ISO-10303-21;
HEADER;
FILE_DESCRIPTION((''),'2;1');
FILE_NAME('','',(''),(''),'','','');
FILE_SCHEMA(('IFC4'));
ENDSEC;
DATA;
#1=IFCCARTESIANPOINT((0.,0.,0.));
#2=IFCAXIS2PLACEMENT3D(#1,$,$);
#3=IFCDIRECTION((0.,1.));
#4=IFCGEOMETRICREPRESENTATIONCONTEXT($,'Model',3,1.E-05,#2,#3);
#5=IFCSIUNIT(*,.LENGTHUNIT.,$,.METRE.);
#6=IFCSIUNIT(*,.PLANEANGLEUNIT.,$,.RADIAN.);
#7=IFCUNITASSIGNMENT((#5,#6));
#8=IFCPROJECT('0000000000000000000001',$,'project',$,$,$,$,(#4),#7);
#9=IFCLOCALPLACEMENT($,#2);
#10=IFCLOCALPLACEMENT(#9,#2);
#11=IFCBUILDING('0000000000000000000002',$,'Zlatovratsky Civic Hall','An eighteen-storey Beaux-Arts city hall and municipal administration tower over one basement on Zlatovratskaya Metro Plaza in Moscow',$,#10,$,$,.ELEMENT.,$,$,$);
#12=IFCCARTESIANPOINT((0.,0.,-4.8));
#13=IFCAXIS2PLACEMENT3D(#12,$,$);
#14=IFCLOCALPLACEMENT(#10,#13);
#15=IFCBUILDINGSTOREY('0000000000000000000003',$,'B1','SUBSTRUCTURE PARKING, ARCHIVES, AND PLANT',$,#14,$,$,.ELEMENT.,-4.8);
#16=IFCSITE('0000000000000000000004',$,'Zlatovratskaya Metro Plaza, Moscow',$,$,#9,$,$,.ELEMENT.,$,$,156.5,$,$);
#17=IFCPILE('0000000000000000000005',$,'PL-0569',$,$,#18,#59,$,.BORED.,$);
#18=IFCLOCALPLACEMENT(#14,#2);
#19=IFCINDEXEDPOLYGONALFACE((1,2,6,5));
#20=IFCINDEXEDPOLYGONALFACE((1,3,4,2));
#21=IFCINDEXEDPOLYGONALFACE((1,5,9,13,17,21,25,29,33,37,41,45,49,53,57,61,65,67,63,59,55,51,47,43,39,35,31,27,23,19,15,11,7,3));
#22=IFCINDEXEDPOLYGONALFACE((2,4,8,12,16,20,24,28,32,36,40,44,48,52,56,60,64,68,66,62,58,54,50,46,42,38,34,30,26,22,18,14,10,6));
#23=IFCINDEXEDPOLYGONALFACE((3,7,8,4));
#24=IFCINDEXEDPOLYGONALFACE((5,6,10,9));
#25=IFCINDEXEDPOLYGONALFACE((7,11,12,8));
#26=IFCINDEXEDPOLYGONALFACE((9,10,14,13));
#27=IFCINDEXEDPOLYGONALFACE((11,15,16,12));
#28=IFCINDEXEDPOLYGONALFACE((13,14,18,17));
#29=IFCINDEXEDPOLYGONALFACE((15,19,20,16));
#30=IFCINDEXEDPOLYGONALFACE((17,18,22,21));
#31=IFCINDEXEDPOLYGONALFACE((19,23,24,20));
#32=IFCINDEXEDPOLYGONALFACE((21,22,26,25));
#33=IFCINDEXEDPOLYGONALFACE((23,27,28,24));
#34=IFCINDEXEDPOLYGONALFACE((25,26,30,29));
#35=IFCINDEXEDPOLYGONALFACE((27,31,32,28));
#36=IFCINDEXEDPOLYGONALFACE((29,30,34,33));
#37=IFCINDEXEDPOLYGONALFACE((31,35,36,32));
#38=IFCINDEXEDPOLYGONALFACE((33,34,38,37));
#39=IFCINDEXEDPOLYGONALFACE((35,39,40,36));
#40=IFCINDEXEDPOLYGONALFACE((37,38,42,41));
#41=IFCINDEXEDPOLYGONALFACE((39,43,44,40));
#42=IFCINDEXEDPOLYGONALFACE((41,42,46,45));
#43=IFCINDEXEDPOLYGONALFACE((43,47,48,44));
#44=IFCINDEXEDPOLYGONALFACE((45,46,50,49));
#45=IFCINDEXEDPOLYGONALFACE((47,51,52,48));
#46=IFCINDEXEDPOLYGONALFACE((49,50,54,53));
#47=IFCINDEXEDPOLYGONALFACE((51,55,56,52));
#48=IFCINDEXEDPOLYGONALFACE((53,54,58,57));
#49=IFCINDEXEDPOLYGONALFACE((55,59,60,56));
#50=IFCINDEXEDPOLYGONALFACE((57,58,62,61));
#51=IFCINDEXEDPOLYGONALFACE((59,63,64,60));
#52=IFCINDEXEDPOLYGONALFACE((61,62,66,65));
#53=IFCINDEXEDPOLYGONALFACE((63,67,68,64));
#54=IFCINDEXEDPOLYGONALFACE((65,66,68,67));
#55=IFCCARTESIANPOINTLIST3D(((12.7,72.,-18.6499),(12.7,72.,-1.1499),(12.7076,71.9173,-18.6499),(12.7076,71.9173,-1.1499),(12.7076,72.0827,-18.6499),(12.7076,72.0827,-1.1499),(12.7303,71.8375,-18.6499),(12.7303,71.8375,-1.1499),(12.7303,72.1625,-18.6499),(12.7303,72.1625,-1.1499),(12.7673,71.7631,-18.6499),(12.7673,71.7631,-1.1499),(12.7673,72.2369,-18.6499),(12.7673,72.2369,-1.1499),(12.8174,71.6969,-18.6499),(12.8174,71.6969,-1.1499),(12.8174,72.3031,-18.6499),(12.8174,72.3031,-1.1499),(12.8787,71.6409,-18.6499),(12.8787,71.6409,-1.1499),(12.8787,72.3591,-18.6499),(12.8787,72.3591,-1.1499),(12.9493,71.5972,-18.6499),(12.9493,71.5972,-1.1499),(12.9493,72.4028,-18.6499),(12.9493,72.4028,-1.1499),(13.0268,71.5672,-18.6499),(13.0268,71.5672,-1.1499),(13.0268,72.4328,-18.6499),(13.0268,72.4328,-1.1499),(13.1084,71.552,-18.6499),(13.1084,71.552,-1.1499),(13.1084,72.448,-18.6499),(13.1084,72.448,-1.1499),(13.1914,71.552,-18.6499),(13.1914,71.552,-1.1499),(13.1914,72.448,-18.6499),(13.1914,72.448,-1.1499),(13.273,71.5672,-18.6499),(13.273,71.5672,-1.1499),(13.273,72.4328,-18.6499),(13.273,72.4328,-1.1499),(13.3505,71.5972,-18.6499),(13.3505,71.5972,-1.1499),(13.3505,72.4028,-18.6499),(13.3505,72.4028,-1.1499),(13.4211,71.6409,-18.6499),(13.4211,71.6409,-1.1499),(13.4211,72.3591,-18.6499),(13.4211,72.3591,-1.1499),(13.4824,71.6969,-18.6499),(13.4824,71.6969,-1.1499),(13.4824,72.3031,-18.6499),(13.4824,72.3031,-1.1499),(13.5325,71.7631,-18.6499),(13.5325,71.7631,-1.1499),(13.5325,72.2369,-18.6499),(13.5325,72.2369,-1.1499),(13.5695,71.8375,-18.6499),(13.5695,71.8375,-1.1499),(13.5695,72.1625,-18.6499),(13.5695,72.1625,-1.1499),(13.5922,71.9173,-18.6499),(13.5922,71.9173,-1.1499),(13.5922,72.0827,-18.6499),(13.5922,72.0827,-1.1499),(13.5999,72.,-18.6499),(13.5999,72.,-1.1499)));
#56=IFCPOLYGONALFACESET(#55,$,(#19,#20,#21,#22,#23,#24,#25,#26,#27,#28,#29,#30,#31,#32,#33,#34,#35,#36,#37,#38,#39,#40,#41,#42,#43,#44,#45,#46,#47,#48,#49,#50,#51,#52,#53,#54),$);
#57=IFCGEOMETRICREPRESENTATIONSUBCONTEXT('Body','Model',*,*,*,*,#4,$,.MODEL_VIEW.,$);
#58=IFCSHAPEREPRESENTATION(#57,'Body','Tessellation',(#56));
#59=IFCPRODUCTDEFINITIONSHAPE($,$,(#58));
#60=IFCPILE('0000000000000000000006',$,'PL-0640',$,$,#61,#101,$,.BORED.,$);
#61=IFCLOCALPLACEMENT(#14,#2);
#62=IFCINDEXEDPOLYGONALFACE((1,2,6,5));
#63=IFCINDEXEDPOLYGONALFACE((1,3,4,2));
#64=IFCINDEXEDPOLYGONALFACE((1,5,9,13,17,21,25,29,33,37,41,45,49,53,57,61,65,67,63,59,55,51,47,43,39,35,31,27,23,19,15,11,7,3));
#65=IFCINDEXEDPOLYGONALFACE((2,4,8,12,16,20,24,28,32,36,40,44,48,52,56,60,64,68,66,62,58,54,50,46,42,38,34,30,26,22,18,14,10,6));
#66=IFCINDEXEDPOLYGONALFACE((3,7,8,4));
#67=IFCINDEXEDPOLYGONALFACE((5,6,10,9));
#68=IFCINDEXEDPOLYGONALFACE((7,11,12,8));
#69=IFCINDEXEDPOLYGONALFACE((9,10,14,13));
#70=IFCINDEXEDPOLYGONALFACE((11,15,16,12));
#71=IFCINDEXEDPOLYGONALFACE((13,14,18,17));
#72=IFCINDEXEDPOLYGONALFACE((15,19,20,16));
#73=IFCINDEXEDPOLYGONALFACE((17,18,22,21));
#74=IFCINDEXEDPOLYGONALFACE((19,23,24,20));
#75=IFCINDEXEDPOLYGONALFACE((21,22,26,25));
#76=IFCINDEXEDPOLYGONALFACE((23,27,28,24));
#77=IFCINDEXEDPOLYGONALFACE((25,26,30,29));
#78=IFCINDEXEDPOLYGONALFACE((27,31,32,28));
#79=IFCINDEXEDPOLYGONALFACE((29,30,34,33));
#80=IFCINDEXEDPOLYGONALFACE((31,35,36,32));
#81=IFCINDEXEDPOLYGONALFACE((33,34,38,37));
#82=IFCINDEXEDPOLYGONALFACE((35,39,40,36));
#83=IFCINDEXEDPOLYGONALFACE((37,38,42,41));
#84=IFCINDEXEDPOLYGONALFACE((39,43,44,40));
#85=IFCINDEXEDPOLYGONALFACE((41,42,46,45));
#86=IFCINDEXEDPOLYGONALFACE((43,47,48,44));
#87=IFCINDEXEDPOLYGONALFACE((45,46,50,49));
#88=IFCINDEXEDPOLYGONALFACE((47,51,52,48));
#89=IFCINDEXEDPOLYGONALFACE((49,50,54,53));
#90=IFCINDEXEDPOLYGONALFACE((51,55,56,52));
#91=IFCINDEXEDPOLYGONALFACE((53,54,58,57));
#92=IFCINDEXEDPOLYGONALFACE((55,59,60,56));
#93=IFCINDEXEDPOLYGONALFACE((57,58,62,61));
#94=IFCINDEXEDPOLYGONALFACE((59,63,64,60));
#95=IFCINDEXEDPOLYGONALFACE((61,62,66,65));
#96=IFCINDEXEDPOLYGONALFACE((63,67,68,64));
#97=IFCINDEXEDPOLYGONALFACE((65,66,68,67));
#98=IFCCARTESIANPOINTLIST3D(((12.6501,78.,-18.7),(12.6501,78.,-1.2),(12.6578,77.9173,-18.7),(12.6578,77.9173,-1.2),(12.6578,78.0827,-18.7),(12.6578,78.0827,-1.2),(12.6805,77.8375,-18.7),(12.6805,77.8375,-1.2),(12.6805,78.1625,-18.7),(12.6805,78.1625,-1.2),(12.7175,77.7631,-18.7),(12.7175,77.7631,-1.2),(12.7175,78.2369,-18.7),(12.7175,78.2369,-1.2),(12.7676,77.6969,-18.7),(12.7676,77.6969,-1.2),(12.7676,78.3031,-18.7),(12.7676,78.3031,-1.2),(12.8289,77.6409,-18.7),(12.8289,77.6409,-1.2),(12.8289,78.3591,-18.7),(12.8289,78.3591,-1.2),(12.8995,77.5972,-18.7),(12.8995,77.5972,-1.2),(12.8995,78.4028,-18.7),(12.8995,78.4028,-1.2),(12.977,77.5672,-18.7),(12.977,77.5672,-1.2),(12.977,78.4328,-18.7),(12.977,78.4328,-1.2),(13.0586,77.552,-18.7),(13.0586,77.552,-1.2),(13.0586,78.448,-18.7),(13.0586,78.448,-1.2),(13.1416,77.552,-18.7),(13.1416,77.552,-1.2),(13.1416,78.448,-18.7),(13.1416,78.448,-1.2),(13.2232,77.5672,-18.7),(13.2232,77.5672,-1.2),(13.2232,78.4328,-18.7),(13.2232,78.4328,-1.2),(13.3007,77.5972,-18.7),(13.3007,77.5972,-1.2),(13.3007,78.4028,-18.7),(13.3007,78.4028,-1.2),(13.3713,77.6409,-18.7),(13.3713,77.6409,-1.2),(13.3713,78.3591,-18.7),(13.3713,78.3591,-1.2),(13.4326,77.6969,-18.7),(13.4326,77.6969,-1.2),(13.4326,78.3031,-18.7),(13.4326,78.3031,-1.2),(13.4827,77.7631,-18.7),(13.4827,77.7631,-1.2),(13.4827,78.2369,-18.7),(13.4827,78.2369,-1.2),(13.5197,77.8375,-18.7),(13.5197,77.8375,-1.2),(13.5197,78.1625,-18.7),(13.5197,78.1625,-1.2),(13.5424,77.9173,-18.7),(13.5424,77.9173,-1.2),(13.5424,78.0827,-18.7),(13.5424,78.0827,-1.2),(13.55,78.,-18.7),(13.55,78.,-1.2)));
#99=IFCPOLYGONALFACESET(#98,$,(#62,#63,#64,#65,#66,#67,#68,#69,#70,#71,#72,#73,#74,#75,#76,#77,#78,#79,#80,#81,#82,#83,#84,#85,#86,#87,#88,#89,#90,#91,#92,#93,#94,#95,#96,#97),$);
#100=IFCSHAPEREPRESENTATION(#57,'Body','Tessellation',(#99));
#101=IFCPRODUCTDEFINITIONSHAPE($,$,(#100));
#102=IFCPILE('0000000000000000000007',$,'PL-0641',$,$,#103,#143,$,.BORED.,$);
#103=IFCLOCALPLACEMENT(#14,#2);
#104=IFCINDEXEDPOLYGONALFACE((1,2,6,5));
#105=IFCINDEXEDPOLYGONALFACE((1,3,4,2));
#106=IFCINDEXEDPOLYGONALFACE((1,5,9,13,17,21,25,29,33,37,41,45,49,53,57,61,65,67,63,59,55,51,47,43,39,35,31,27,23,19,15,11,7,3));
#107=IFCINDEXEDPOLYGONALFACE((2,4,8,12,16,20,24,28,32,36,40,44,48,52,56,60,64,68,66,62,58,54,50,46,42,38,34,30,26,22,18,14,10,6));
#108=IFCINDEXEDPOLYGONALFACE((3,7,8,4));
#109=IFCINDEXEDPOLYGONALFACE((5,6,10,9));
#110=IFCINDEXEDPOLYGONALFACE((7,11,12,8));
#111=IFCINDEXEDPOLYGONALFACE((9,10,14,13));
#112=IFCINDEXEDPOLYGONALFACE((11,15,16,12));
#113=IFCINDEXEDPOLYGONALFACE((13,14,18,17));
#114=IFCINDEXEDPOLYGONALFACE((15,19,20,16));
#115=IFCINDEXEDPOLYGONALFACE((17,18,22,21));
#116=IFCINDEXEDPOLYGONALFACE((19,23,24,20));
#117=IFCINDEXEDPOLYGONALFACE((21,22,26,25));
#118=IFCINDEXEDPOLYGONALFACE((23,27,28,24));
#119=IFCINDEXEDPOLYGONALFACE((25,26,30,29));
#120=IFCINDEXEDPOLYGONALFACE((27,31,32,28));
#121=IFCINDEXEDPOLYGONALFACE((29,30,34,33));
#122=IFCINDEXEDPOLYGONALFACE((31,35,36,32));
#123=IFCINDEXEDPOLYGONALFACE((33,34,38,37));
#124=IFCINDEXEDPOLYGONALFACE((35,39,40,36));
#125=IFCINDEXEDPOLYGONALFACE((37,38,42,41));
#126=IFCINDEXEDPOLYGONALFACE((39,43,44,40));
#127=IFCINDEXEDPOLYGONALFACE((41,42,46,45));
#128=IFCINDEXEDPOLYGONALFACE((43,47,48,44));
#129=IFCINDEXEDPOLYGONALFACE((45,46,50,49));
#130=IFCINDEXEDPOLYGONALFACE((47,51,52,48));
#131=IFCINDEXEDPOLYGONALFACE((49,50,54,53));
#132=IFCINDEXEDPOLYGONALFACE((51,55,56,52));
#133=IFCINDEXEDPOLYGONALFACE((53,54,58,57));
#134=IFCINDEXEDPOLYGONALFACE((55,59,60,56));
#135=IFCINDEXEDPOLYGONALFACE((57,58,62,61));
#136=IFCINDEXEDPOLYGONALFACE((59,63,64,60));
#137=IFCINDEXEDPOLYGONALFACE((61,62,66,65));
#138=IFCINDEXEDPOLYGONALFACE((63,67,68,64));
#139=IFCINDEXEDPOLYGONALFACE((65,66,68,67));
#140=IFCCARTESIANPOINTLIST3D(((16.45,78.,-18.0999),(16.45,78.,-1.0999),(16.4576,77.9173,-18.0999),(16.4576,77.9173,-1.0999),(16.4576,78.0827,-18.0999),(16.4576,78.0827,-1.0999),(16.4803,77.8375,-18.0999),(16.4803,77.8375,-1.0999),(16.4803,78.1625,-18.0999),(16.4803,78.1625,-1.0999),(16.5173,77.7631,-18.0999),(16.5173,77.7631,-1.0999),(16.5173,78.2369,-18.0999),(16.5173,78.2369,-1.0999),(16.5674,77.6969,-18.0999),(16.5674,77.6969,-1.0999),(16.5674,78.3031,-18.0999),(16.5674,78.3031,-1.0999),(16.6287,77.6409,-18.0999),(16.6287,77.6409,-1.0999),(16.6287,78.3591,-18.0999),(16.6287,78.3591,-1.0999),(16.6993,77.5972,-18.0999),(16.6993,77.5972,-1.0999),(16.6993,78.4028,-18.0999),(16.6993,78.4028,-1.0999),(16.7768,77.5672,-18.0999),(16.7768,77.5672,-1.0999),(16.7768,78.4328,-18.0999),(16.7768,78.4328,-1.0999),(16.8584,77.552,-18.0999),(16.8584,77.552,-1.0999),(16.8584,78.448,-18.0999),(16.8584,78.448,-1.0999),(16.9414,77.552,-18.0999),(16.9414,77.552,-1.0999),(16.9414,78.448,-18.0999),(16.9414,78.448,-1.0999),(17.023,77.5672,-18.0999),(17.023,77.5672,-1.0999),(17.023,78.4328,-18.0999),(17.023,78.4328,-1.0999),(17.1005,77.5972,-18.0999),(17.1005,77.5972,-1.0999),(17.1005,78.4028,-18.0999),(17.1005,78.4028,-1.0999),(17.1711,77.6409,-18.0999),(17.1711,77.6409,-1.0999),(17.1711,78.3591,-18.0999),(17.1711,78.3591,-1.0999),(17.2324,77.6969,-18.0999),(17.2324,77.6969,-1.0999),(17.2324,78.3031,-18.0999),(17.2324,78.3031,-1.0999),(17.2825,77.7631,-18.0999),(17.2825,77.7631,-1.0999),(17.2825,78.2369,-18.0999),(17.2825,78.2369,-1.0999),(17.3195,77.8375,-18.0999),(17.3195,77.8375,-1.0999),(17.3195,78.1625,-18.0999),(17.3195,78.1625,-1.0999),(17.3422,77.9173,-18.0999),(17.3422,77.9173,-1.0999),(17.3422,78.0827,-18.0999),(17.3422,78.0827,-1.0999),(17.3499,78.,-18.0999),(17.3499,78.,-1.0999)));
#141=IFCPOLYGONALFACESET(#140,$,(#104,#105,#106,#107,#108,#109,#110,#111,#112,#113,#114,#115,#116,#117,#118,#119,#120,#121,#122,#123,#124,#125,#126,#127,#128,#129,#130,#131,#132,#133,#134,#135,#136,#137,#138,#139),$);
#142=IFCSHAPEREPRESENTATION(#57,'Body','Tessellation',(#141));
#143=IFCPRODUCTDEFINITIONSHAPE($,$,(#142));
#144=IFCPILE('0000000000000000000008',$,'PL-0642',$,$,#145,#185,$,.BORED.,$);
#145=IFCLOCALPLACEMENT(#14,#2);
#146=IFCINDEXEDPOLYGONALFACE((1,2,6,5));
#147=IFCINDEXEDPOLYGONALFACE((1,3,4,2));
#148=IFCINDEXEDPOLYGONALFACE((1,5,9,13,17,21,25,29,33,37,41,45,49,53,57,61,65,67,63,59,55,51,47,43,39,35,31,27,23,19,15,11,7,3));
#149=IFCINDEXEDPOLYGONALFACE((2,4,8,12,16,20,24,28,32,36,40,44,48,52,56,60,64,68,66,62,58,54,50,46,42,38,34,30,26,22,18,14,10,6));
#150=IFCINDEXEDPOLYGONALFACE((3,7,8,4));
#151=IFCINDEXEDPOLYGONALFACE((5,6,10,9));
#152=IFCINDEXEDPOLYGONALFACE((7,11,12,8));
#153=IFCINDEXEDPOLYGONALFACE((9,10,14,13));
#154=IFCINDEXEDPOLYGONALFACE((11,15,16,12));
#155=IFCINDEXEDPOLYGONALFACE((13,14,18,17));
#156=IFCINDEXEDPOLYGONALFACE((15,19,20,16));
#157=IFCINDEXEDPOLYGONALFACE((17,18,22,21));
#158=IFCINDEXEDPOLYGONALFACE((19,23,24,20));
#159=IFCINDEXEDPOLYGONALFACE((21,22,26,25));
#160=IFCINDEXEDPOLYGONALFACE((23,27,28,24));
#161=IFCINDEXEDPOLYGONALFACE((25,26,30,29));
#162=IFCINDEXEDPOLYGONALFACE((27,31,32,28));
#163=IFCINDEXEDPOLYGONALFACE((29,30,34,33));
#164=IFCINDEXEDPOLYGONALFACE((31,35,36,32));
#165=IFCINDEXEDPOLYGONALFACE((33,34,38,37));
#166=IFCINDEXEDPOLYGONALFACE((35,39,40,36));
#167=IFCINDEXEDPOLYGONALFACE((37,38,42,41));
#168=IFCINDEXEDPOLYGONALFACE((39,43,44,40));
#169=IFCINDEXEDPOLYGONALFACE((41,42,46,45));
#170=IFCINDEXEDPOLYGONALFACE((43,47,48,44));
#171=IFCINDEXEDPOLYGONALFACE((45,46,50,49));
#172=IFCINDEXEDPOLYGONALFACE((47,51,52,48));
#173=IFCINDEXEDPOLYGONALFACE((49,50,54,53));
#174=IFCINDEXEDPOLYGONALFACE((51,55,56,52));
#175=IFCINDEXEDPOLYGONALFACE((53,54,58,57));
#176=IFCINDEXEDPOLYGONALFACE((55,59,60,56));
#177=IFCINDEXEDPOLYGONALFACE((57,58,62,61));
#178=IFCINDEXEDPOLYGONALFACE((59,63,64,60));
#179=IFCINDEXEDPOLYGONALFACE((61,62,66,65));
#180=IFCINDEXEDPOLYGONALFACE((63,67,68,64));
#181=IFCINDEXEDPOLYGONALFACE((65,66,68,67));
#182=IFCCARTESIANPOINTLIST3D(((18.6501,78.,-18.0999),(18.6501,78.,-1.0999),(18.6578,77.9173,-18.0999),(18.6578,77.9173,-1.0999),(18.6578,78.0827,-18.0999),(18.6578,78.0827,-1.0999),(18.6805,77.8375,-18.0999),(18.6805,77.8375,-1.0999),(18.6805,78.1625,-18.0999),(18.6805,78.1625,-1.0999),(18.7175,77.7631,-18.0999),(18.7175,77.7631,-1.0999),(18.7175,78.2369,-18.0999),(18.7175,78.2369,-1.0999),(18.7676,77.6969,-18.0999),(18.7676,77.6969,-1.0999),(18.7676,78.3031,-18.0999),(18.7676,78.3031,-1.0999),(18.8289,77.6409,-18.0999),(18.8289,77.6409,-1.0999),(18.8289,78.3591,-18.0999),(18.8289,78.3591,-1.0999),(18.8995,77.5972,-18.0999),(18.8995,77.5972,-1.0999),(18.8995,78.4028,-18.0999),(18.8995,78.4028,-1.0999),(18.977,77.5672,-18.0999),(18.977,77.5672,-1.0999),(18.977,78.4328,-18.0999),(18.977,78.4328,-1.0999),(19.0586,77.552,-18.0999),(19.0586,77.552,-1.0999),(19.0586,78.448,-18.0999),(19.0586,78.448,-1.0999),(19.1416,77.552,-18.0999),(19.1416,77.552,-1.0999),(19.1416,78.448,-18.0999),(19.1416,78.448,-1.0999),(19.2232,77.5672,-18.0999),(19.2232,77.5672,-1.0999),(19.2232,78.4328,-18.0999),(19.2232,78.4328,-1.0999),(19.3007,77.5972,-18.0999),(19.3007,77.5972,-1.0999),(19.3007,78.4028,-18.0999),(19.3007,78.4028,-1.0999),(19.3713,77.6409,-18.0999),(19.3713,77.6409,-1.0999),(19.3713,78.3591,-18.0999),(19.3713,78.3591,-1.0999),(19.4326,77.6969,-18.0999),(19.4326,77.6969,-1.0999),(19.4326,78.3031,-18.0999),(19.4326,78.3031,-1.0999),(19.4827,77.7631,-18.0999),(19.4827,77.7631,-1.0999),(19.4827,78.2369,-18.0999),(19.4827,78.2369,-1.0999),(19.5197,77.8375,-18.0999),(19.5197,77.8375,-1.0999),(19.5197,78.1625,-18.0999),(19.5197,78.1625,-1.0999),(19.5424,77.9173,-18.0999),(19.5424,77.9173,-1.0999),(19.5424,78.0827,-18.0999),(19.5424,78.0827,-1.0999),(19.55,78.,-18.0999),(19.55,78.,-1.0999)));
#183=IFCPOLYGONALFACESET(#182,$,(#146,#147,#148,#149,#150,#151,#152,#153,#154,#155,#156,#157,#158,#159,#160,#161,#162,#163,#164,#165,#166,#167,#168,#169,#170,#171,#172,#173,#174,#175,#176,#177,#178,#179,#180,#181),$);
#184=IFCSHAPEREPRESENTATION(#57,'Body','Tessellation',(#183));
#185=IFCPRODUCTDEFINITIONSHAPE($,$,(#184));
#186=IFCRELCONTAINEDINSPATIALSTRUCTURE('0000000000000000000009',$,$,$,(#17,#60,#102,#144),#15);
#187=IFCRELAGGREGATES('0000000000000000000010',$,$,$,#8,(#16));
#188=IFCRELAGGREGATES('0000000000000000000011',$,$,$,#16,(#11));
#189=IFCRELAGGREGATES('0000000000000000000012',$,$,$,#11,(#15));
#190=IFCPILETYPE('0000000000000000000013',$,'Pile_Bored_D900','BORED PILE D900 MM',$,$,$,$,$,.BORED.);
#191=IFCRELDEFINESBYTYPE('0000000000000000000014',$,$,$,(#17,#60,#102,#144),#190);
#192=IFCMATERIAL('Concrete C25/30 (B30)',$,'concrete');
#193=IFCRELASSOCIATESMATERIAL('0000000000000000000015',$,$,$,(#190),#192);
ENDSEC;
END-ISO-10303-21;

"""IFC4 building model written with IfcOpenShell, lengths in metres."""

from ifc_helpers import new_model, si_unit, direction, frame, origin, origin_2d, place, context, subcontext, project, spatial, circle, extrude, material, material_profile, profile_set, type_object, element, save


model = new_model("IFC4")

# Units and contexts
model_context = context("Model", 3, precision=1e-05, world=origin(), true_north=direction((0.0, 1.0)))
body_context = subcontext(model_context, "Body", "Model", "MODEL_VIEW")
ifc_project = project(units=[si_unit("LENGTHUNIT", "METRE"), si_unit("PLANEANGLEUNIT", "RADIAN")], contexts=[model_context])

# Site, building, storey
site_placement = place(None, origin())
site = spatial("IfcSite", under=ifc_project, at=site_placement, Name="Zlatovratskaya Metro Plaza, Moscow", CompositionType="ELEMENT", RefElevation=156.5)
building_placement = place(site_placement, origin())
building = spatial("IfcBuilding", under=site, at=building_placement, Name="Zlatovratsky Civic Hall", Description="An eighteen-storey Beaux-Arts city hall and municipal administration tower over one basement on Zlatovratskaya Metro Plaza in Moscow", CompositionType="ELEMENT")
storey_placement = place(building_placement, frame((0.0, 0.0, -4.8)))
storey = spatial("IfcBuildingStorey", under=building, at=storey_placement, Name="B1", Description="SUBSTRUCTURE PARKING, ARCHIVES, AND PLANT", CompositionType="ELEMENT", Elevation=-4.8)

# Shared definitions
ifc_material_1 = material(Name="Concrete C25/30 (B30)", Category="concrete")

# Piles
ifc_material_profile_1 = material_profile(ifc_material_1, circle(Radius=0.45, at=origin_2d()), Name="PILE D900")
ifc_profile_set_1 = profile_set([ifc_material_profile_1], Name="Concrete C25/30 (B30)")
pile_type_1 = type_object("IfcPileType", Name="Pile_Bored_D900", Description="BORED PILE D900 MM", PredefinedType="BORED", material=ifc_profile_set_1)
for number, where, z_axis, x_axis, name in (
    (1, (13.1499, 72.0, -1.1499), (0.0, 0.0, -1.0), (1.0, 0.0, 0.0), "PL-0569"),
    (2, (13.1001, 78.0, -1.2), (0.0, 0.0, -1.0), (1.0, 0.0, 0.0), "PL-0640"),
):
    element("IfcPile", number, at=place(storey_placement, frame(where, z_axis=z_axis, x_axis=x_axis)), inside=storey, type_object=pile_type_1, Name=name, PredefinedType="BORED", context=body_context, shape_type="SweptSolid", body=[
        extrude(circle(Radius=0.45, at=origin_2d()), origin(), (0.0, 0.0, 1.0), 17.5),
    ])
for number, where, z_axis, x_axis, name in (
    (3, (16.8999, 78.0, -1.0999), (0.0, 0.0, -1.0), (1.0, 0.0, 0.0), "PL-0641"),
    (4, (19.1001, 78.0, -1.0999), (0.0, 0.0, -1.0), (1.0, 0.0, 0.0), "PL-0642"),
):
    element("IfcPile", number, at=place(storey_placement, frame(where, z_axis=z_axis, x_axis=x_axis)), inside=storey, type_object=pile_type_1, Name=name, PredefinedType="BORED", context=body_context, shape_type="SweptSolid", body=[
        extrude(circle(Radius=0.45, at=origin_2d()), origin(), (0.0, 0.0, 1.0), 17.0),
    ])

save(model, "model.ifc")
